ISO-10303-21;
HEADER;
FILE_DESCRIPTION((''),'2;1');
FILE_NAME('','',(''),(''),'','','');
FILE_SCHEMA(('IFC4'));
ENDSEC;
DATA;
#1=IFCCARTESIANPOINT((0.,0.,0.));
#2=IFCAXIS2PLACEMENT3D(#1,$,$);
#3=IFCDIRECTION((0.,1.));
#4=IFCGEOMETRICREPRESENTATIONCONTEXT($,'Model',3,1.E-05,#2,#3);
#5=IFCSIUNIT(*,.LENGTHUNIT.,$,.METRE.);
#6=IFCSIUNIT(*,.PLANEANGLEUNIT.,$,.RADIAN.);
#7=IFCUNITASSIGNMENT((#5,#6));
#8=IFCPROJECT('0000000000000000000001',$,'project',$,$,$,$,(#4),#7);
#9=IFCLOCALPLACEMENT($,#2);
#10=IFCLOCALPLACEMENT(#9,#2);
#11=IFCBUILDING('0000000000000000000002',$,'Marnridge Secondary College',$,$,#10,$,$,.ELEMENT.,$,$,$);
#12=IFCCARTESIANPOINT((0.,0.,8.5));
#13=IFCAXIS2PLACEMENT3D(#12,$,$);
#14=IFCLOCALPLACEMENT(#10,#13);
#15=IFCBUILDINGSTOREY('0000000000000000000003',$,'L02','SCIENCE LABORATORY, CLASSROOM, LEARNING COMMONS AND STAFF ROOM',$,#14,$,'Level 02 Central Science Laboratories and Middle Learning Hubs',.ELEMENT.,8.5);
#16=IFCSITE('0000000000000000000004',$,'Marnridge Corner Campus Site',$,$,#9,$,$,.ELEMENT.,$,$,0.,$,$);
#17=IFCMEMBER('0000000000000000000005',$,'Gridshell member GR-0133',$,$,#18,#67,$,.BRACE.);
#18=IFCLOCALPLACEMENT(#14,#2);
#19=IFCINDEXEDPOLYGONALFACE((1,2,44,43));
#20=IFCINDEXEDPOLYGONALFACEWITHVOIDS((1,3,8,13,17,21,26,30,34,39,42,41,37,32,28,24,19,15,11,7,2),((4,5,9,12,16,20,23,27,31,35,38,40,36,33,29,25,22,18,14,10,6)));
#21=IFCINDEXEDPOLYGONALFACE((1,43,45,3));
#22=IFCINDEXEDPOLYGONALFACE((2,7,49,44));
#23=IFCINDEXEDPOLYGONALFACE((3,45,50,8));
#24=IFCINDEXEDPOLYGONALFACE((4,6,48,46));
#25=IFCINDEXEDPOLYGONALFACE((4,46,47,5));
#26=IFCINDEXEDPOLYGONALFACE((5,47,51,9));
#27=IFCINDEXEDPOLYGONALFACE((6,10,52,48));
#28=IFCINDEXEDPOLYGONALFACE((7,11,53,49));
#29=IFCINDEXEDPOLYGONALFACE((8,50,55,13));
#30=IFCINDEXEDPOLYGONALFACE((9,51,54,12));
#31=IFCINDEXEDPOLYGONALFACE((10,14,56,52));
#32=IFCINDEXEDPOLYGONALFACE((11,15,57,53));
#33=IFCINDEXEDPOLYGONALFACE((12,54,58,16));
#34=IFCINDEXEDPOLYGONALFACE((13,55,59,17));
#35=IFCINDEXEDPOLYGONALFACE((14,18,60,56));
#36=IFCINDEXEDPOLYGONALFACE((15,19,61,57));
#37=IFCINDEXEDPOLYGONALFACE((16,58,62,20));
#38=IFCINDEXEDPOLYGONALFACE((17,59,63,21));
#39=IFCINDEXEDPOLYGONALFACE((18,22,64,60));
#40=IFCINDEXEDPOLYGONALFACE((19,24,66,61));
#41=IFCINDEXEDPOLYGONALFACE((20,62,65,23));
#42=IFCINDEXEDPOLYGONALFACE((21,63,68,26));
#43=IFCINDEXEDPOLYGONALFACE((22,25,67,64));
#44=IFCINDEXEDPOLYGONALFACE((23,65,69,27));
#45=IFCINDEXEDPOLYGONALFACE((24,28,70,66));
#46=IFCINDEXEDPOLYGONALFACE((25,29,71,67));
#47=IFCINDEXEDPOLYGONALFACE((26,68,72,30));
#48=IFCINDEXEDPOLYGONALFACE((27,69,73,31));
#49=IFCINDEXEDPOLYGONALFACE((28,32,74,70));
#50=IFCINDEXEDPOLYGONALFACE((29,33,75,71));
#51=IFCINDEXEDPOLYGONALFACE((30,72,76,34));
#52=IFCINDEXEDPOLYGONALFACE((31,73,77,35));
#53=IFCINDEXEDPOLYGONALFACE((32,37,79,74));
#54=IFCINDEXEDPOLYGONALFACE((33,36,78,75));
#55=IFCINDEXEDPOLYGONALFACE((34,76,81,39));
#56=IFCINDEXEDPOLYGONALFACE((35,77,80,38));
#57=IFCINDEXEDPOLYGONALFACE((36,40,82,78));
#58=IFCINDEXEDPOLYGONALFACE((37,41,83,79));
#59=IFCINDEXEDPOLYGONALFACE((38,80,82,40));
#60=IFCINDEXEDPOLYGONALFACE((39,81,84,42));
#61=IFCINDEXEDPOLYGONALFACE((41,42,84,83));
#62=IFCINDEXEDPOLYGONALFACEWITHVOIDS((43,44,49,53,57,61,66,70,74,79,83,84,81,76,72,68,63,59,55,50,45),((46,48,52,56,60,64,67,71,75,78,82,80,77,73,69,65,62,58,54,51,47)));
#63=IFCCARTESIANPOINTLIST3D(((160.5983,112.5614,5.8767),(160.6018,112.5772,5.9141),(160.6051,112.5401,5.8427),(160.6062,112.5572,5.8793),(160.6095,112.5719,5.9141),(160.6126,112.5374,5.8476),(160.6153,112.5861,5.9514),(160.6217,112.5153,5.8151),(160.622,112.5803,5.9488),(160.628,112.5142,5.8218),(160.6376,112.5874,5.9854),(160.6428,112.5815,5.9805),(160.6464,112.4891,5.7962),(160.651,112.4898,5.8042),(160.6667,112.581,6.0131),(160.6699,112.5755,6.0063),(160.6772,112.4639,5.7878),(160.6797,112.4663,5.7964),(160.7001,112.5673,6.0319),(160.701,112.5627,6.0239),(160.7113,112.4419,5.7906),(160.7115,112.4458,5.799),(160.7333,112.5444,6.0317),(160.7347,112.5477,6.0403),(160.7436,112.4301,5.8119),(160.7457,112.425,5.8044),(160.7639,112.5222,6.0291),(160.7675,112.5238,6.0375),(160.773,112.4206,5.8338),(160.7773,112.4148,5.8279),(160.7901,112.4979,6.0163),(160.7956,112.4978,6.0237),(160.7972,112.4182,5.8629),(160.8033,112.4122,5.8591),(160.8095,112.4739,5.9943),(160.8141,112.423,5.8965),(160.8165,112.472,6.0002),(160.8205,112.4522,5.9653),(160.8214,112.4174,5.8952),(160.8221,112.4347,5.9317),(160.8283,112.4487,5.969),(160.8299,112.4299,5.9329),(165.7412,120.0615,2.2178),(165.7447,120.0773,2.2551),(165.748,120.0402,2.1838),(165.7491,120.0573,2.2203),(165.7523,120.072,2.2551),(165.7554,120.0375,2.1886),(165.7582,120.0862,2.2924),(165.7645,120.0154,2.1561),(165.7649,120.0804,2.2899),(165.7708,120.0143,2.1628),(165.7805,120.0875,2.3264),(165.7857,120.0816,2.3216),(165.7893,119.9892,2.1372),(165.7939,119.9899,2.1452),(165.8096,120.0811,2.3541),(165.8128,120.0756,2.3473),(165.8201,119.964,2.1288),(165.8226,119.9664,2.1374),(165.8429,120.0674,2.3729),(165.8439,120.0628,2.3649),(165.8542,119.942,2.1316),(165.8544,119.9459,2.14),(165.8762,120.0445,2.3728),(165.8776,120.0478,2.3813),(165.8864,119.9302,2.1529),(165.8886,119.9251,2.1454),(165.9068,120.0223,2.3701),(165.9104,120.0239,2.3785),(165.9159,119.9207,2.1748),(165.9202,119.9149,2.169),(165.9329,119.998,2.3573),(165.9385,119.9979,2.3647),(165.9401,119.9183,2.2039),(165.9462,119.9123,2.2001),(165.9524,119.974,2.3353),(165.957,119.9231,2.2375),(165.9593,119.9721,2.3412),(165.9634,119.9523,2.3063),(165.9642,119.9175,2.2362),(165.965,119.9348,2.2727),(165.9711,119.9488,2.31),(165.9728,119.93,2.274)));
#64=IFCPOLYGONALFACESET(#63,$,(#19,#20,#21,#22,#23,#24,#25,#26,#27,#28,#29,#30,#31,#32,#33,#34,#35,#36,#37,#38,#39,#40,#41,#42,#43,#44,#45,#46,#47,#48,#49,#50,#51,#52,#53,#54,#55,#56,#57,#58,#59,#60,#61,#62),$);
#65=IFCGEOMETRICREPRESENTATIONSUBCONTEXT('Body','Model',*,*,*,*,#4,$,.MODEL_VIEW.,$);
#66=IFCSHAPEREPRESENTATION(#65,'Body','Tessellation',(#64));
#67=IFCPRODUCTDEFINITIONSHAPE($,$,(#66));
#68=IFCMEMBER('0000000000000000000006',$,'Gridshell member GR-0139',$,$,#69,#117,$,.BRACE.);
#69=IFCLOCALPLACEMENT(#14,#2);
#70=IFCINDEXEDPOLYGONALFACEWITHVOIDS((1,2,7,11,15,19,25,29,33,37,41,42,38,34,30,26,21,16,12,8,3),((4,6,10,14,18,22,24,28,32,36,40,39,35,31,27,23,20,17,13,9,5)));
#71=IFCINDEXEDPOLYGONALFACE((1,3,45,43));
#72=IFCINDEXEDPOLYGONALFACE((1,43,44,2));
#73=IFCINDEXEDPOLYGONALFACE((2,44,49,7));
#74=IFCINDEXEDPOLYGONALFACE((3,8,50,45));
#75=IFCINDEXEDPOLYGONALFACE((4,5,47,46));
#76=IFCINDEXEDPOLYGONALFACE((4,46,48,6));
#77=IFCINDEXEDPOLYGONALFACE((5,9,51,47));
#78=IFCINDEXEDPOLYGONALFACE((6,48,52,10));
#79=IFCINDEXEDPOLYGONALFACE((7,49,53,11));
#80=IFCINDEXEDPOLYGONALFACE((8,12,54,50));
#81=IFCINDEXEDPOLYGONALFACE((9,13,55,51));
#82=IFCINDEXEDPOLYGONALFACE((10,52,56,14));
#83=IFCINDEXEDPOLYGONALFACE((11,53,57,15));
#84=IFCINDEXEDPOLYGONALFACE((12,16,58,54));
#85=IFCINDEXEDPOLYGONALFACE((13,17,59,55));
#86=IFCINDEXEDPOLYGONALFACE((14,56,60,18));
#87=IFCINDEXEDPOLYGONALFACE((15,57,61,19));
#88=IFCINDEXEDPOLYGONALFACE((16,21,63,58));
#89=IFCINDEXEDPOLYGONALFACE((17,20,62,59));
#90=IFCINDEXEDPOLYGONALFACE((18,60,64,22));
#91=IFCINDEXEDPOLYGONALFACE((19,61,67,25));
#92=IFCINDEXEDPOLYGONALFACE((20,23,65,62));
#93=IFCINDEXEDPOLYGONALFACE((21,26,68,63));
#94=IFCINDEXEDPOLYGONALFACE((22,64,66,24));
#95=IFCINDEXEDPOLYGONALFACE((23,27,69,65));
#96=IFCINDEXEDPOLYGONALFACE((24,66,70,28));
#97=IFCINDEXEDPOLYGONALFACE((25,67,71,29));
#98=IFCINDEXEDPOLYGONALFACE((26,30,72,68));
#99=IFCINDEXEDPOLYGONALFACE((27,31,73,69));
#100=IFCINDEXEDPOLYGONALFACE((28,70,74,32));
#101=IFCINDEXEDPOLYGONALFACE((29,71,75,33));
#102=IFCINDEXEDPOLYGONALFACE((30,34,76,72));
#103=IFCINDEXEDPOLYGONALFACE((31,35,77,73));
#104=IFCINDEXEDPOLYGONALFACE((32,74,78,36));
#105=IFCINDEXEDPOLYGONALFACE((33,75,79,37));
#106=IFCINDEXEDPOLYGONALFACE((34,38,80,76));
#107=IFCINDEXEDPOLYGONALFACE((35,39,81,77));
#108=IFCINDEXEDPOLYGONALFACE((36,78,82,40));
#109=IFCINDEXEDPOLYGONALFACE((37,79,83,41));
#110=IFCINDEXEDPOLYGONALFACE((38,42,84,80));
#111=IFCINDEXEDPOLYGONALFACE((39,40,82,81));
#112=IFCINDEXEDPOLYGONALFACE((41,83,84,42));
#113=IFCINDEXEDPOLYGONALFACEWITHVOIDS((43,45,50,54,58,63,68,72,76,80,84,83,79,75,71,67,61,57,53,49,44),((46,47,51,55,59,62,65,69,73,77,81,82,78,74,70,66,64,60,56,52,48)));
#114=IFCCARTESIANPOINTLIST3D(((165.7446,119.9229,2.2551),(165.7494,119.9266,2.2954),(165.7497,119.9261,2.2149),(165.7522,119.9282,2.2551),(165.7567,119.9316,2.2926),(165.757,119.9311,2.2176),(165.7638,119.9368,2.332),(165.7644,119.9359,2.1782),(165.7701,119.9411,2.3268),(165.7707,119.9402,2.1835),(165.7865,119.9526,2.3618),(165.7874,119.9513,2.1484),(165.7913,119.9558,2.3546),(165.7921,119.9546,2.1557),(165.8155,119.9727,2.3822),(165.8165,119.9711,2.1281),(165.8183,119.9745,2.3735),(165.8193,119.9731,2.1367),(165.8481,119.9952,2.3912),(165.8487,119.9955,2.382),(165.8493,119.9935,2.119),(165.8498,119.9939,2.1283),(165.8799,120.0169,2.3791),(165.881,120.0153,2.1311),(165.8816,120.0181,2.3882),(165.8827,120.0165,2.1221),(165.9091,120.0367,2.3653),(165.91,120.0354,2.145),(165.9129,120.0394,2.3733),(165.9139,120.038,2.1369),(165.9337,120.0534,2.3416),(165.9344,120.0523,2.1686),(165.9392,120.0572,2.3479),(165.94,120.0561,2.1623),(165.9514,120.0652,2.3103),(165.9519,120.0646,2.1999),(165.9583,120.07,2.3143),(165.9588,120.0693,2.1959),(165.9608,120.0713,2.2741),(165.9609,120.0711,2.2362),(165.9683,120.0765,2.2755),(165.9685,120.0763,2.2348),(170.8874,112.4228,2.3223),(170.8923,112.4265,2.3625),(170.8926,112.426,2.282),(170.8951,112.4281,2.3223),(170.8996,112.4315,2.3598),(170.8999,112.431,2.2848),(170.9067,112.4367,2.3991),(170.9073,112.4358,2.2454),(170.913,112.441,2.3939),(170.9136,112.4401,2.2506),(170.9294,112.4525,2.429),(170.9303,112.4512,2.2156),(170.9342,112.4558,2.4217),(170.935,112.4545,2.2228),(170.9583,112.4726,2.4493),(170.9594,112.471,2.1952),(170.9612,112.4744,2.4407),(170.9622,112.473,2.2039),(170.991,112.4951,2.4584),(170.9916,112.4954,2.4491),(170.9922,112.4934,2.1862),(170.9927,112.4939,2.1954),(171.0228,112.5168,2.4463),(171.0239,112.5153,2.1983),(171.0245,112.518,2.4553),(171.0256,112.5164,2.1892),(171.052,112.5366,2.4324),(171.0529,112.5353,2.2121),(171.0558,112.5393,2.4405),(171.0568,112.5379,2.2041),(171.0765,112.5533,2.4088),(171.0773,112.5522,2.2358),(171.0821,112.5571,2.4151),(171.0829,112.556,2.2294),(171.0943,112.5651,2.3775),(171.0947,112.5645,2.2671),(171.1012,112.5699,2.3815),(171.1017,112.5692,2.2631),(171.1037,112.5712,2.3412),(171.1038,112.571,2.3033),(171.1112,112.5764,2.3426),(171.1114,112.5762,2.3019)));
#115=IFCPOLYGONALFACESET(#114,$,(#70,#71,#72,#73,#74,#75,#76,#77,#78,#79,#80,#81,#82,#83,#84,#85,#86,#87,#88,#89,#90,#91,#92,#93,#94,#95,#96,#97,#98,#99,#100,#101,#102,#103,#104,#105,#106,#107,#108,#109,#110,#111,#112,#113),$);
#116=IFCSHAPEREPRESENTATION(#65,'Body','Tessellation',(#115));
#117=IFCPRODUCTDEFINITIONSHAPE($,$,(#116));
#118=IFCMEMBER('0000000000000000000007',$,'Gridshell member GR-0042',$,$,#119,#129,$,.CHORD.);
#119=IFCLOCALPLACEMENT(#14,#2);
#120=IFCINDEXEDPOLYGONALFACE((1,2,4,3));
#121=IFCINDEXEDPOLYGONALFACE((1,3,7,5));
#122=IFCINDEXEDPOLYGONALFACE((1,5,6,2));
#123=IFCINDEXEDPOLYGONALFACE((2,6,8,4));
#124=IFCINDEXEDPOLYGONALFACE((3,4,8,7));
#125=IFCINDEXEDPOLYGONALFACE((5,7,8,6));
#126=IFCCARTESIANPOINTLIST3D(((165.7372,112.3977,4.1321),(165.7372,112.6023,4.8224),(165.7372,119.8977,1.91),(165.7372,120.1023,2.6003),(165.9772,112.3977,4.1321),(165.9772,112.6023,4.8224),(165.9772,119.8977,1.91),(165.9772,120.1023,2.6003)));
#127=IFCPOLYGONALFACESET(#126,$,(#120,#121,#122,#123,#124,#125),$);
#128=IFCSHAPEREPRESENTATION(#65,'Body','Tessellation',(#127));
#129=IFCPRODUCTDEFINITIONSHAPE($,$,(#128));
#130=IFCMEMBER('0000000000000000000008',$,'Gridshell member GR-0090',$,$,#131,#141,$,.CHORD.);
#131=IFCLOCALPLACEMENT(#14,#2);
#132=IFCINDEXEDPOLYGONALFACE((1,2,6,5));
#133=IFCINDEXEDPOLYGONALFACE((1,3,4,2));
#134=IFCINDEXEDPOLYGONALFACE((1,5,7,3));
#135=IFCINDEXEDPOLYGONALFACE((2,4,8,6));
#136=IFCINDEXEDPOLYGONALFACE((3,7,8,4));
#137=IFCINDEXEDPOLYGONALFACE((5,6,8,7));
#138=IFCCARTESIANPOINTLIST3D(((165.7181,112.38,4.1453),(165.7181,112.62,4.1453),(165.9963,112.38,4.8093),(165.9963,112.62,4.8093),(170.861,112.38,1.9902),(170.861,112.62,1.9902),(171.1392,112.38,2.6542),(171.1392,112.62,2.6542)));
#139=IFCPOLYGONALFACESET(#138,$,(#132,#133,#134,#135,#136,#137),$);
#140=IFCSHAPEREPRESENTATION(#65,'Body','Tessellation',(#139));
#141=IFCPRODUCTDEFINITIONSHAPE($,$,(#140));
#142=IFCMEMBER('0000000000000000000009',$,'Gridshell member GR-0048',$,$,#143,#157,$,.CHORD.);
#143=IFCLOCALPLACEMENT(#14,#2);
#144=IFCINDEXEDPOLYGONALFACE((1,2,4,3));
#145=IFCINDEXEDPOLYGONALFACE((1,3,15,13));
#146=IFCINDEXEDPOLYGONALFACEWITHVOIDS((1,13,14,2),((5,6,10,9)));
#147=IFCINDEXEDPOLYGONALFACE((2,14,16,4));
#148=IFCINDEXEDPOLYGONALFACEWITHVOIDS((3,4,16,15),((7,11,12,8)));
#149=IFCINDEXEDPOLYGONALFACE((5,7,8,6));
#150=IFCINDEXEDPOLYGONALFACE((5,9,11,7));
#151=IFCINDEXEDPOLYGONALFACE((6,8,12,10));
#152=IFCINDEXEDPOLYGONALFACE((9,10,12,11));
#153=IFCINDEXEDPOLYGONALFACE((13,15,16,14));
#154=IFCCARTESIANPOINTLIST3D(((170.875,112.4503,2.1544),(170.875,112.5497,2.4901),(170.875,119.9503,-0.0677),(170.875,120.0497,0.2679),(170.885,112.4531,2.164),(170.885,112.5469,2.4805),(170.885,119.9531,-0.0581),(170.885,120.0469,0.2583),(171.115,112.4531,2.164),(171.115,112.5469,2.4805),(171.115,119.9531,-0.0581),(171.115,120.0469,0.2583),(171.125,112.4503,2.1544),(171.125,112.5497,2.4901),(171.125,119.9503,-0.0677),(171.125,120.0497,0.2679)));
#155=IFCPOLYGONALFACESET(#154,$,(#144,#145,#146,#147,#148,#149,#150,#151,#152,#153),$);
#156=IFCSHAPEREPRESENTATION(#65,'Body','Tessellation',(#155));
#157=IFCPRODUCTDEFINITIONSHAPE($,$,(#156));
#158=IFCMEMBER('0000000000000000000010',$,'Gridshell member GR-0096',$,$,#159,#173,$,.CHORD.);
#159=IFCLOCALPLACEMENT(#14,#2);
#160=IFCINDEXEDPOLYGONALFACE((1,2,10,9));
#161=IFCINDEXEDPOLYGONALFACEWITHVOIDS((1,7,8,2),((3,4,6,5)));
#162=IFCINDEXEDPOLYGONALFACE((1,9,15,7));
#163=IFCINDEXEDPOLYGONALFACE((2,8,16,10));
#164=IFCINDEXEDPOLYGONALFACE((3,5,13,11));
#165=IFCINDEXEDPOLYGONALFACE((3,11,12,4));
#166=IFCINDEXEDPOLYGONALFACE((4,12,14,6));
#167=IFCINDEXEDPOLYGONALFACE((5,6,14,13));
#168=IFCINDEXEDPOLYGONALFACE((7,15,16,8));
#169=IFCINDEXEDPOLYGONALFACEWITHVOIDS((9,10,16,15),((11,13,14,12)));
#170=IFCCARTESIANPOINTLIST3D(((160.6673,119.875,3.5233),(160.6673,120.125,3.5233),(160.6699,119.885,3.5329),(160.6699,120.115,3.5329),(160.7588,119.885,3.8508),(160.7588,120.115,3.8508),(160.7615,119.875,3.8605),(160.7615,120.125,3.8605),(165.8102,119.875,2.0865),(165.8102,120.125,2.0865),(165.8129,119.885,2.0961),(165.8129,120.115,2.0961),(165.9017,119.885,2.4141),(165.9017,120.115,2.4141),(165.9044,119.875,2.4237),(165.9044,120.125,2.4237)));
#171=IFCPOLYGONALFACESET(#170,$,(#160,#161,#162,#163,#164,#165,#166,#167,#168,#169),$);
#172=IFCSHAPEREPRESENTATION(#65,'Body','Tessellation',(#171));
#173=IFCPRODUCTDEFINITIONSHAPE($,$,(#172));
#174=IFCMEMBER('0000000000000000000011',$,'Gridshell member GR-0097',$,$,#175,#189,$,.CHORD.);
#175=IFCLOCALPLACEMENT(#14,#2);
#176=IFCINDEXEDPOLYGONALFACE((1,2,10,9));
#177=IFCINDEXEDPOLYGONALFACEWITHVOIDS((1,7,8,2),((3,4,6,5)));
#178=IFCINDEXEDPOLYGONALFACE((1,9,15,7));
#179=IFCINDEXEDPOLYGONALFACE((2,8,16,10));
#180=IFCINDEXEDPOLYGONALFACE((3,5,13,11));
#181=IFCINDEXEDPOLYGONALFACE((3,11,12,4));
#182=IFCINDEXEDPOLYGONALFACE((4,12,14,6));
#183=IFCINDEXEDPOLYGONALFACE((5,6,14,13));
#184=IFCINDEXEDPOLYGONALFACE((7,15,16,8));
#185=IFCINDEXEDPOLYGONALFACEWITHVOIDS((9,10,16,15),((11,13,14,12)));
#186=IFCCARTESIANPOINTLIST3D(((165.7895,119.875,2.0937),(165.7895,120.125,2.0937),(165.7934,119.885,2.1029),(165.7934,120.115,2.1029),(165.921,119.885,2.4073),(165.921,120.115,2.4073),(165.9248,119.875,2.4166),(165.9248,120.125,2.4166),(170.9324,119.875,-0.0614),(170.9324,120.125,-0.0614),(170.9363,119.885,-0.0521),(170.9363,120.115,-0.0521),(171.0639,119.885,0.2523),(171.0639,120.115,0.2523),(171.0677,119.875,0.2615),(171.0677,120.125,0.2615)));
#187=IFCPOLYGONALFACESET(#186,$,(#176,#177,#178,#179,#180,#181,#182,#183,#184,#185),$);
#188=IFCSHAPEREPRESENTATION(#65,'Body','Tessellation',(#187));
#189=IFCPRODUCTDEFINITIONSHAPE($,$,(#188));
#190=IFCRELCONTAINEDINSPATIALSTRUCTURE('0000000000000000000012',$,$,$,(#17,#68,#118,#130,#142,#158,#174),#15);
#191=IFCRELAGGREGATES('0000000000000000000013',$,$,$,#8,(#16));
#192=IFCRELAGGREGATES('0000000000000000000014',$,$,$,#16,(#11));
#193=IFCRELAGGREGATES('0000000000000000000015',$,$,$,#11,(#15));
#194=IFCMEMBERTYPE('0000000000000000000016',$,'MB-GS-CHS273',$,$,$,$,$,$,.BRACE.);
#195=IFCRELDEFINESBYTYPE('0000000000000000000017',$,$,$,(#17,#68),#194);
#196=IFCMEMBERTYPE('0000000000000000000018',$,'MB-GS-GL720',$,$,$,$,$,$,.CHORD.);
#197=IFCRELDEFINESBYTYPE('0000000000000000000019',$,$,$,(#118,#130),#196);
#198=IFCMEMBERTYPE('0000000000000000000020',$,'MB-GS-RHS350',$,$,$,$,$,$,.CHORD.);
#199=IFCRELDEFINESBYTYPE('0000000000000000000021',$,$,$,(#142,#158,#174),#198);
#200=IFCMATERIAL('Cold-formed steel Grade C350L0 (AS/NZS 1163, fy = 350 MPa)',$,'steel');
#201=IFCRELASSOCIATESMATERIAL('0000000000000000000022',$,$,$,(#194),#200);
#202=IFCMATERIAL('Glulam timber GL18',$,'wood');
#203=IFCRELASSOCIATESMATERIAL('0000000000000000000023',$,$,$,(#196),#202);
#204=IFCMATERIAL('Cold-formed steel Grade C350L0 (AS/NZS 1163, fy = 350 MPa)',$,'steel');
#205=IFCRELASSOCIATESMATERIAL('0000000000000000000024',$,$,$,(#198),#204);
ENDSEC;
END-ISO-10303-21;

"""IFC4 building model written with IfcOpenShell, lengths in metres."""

from ifc_helpers import new_model, si_unit, direction, frame, origin, origin_2d, place, context, subcontext, project, spatial, rectangle, hollow_rectangle, hollow_circle, extrude, material, material_profile, profile_set, type_object, element, save


model = new_model("IFC4")

# Units and contexts
model_context = context("Model", 3, precision=1e-05, world=origin(), true_north=direction((0.0, 1.0)))
body_context = subcontext(model_context, "Body", "Model", "MODEL_VIEW")
ifc_project = project(units=[si_unit("LENGTHUNIT", "METRE"), si_unit("PLANEANGLEUNIT", "RADIAN")], contexts=[model_context])

# Site, building, storey
site_placement = place(None, origin())
site = spatial("IfcSite", under=ifc_project, at=site_placement, Name="Marnridge Corner Campus Site", CompositionType="ELEMENT", RefElevation=0.0)
building_placement = place(site_placement, origin())
building = spatial("IfcBuilding", under=site, at=building_placement, Name="Marnridge Secondary College", CompositionType="ELEMENT")
storey_placement = place(building_placement, frame((0.0, 0.0, 8.5)))
storey = spatial("IfcBuildingStorey", under=building, at=storey_placement, Name="L02", Description="SCIENCE LABORATORY, CLASSROOM, LEARNING COMMONS AND STAFF ROOM", LongName="Level 02 Central Science Laboratories and Middle Learning Hubs", CompositionType="ELEMENT", Elevation=8.5)

# Members
ifc_material_1 = material(Name="Cold-formed steel Grade C350L0 (AS/NZS 1163, fy = 350 MPa)", Category="steel")
ifc_material_profile_1 = material_profile(ifc_material_1, hollow_circle(Radius=0.1365, WallThickness=0.0093, at=origin_2d()), Name="273.1x9.3CHS")
ifc_profile_set_1 = profile_set([ifc_material_profile_1], Name="Cold-formed steel Grade C350L0 (AS/NZS 1163, fy = 350 MPa)")
member_type_1 = type_object("IfcMemberType", Name="MB-GS-CHS273", PredefinedType="BRACE", material=ifc_profile_set_1)
member_1_placement = place(storey_placement, frame((160.7144, 112.5, 5.9141), z_axis=(0.524651, 0.765121, -0.373271), x_axis=(-0.824731, 0.565526, 0.0)))
element("IfcMember", 1, at=member_1_placement, inside=storey, type_object=member_type_1, Name="Gridshell member GR-0133", PredefinedType="BRACE", context=body_context, shape_type="SweptSolid", body=[
    extrude(hollow_circle(Radius=0.1365, WallThickness=0.0093, at=origin_2d()), origin(), (0.0, 0.0, 1.0), 9.8025),
])
member_2_placement = place(storey_placement, frame((171.0, 112.5, 2.3223), z_axis=(-0.56551, 0.824708, -0.007383), x_axis=(-0.824731, -0.565526, 0.0)))
element("IfcMember", 2, at=member_2_placement, inside=storey, type_object=member_type_1, Name="Gridshell member GR-0139", PredefinedType="BRACE", context=body_context, shape_type="SweptSolid", body=[
    extrude(hollow_circle(Radius=0.1365, WallThickness=0.0093, at=origin_2d()), origin(), (0.0, 0.0, 1.0), 9.0942),
])
ifc_material_2 = material(Name="Glulam timber GL18", Category="wood")
ifc_material_profile_2 = material_profile(ifc_material_2, rectangle(XDim=0.24, YDim=0.72, at=origin_2d()), Name="GL18 240x720")
ifc_profile_set_2 = profile_set([ifc_material_profile_2], Name="Glulam timber GL18")
member_type_2 = type_object("IfcMemberType", Name="MB-GS-GL720", PredefinedType="CHORD", material=ifc_profile_set_2)
member_3_placement = place(storey_placement, frame((165.8572, 112.5, 4.4773), z_axis=(0.0, 0.9588, -0.284082), x_axis=(-1.0, 0.0, 0.0)))
element("IfcMember", 3, at=member_3_placement, inside=storey, type_object=member_type_2, Name="Gridshell member GR-0042", PredefinedType="CHORD", context=body_context, shape_type="SweptSolid", body=[
    extrude(rectangle(XDim=0.24, YDim=0.72, at=origin_2d()), origin(), (0.0, 0.0, 1.0), 7.8223),
])
member_4_placement = place(storey_placement, frame((165.8572, 112.5, 4.4773), z_axis=(0.922299, 0.0, -0.386477), x_axis=(0.0, 1.0, 0.0)))
element("IfcMember", 4, at=member_4_placement, inside=storey, type_object=member_type_2, Name="Gridshell member GR-0090", PredefinedType="CHORD", context=body_context, shape_type="SweptSolid", body=[
    extrude(rectangle(XDim=0.24, YDim=0.72, at=origin_2d()), origin(), (0.0, 0.0, 1.0), 5.5762),
])
ifc_material_3 = material(Name="Cold-formed steel Grade C350L0 (AS/NZS 1163, fy = 350 MPa)", Category="steel")
ifc_material_profile_3 = material_profile(ifc_material_3, hollow_rectangle(XDim=0.25, YDim=0.3501, WallThickness=0.01, at=origin_2d()), Name="350x250x10.0RHS")
ifc_profile_set_3 = profile_set([ifc_material_profile_3], Name="Cold-formed steel Grade C350L0 (AS/NZS 1163, fy = 350 MPa)")
member_type_3 = type_object("IfcMemberType", Name="MB-GS-RHS350", PredefinedType="CHORD", material=ifc_profile_set_3)
member_5_placement = place(storey_placement, frame((171.0, 112.5, 2.3223), z_axis=(0.0, 0.9588, -0.284082), x_axis=(-1.0, 0.0, 0.0)))
element("IfcMember", 5, at=member_5_placement, inside=storey, type_object=member_type_3, Name="Gridshell member GR-0048", PredefinedType="CHORD", context=body_context, shape_type="SweptSolid", body=[
    extrude(hollow_rectangle(XDim=0.25, YDim=0.3501, WallThickness=0.01, at=origin_2d()), origin(), (0.0, 0.0, 1.0), 7.8223),
])
member_6_placement = place(storey_placement, frame((160.7144, 120.0, 3.6919), z_axis=(0.963121, 0.0, -0.26907), x_axis=(0.0, 1.0, 0.0)))
element("IfcMember", 6, at=member_6_placement, inside=storey, type_object=member_type_3, Name="Gridshell member GR-0096", PredefinedType="CHORD", context=body_context, shape_type="SweptSolid", body=[
    extrude(hollow_rectangle(XDim=0.25, YDim=0.3501, WallThickness=0.01, at=origin_2d()), origin(), (0.0, 0.0, 1.0), 5.3398),
])
member_7_placement = place(storey_placement, frame((165.8572, 120.0, 2.2551), z_axis=(0.922299, 0.0, -0.386477), x_axis=(0.0, 1.0, 0.0)))
element("IfcMember", 7, at=member_7_placement, inside=storey, type_object=member_type_3, Name="Gridshell member GR-0097", PredefinedType="CHORD", context=body_context, shape_type="SweptSolid", body=[
    extrude(hollow_rectangle(XDim=0.25, YDim=0.3501, WallThickness=0.01, at=origin_2d()), origin(), (0.0, 0.0, 1.0), 5.5762),
])

save(model, "model.ifc")
